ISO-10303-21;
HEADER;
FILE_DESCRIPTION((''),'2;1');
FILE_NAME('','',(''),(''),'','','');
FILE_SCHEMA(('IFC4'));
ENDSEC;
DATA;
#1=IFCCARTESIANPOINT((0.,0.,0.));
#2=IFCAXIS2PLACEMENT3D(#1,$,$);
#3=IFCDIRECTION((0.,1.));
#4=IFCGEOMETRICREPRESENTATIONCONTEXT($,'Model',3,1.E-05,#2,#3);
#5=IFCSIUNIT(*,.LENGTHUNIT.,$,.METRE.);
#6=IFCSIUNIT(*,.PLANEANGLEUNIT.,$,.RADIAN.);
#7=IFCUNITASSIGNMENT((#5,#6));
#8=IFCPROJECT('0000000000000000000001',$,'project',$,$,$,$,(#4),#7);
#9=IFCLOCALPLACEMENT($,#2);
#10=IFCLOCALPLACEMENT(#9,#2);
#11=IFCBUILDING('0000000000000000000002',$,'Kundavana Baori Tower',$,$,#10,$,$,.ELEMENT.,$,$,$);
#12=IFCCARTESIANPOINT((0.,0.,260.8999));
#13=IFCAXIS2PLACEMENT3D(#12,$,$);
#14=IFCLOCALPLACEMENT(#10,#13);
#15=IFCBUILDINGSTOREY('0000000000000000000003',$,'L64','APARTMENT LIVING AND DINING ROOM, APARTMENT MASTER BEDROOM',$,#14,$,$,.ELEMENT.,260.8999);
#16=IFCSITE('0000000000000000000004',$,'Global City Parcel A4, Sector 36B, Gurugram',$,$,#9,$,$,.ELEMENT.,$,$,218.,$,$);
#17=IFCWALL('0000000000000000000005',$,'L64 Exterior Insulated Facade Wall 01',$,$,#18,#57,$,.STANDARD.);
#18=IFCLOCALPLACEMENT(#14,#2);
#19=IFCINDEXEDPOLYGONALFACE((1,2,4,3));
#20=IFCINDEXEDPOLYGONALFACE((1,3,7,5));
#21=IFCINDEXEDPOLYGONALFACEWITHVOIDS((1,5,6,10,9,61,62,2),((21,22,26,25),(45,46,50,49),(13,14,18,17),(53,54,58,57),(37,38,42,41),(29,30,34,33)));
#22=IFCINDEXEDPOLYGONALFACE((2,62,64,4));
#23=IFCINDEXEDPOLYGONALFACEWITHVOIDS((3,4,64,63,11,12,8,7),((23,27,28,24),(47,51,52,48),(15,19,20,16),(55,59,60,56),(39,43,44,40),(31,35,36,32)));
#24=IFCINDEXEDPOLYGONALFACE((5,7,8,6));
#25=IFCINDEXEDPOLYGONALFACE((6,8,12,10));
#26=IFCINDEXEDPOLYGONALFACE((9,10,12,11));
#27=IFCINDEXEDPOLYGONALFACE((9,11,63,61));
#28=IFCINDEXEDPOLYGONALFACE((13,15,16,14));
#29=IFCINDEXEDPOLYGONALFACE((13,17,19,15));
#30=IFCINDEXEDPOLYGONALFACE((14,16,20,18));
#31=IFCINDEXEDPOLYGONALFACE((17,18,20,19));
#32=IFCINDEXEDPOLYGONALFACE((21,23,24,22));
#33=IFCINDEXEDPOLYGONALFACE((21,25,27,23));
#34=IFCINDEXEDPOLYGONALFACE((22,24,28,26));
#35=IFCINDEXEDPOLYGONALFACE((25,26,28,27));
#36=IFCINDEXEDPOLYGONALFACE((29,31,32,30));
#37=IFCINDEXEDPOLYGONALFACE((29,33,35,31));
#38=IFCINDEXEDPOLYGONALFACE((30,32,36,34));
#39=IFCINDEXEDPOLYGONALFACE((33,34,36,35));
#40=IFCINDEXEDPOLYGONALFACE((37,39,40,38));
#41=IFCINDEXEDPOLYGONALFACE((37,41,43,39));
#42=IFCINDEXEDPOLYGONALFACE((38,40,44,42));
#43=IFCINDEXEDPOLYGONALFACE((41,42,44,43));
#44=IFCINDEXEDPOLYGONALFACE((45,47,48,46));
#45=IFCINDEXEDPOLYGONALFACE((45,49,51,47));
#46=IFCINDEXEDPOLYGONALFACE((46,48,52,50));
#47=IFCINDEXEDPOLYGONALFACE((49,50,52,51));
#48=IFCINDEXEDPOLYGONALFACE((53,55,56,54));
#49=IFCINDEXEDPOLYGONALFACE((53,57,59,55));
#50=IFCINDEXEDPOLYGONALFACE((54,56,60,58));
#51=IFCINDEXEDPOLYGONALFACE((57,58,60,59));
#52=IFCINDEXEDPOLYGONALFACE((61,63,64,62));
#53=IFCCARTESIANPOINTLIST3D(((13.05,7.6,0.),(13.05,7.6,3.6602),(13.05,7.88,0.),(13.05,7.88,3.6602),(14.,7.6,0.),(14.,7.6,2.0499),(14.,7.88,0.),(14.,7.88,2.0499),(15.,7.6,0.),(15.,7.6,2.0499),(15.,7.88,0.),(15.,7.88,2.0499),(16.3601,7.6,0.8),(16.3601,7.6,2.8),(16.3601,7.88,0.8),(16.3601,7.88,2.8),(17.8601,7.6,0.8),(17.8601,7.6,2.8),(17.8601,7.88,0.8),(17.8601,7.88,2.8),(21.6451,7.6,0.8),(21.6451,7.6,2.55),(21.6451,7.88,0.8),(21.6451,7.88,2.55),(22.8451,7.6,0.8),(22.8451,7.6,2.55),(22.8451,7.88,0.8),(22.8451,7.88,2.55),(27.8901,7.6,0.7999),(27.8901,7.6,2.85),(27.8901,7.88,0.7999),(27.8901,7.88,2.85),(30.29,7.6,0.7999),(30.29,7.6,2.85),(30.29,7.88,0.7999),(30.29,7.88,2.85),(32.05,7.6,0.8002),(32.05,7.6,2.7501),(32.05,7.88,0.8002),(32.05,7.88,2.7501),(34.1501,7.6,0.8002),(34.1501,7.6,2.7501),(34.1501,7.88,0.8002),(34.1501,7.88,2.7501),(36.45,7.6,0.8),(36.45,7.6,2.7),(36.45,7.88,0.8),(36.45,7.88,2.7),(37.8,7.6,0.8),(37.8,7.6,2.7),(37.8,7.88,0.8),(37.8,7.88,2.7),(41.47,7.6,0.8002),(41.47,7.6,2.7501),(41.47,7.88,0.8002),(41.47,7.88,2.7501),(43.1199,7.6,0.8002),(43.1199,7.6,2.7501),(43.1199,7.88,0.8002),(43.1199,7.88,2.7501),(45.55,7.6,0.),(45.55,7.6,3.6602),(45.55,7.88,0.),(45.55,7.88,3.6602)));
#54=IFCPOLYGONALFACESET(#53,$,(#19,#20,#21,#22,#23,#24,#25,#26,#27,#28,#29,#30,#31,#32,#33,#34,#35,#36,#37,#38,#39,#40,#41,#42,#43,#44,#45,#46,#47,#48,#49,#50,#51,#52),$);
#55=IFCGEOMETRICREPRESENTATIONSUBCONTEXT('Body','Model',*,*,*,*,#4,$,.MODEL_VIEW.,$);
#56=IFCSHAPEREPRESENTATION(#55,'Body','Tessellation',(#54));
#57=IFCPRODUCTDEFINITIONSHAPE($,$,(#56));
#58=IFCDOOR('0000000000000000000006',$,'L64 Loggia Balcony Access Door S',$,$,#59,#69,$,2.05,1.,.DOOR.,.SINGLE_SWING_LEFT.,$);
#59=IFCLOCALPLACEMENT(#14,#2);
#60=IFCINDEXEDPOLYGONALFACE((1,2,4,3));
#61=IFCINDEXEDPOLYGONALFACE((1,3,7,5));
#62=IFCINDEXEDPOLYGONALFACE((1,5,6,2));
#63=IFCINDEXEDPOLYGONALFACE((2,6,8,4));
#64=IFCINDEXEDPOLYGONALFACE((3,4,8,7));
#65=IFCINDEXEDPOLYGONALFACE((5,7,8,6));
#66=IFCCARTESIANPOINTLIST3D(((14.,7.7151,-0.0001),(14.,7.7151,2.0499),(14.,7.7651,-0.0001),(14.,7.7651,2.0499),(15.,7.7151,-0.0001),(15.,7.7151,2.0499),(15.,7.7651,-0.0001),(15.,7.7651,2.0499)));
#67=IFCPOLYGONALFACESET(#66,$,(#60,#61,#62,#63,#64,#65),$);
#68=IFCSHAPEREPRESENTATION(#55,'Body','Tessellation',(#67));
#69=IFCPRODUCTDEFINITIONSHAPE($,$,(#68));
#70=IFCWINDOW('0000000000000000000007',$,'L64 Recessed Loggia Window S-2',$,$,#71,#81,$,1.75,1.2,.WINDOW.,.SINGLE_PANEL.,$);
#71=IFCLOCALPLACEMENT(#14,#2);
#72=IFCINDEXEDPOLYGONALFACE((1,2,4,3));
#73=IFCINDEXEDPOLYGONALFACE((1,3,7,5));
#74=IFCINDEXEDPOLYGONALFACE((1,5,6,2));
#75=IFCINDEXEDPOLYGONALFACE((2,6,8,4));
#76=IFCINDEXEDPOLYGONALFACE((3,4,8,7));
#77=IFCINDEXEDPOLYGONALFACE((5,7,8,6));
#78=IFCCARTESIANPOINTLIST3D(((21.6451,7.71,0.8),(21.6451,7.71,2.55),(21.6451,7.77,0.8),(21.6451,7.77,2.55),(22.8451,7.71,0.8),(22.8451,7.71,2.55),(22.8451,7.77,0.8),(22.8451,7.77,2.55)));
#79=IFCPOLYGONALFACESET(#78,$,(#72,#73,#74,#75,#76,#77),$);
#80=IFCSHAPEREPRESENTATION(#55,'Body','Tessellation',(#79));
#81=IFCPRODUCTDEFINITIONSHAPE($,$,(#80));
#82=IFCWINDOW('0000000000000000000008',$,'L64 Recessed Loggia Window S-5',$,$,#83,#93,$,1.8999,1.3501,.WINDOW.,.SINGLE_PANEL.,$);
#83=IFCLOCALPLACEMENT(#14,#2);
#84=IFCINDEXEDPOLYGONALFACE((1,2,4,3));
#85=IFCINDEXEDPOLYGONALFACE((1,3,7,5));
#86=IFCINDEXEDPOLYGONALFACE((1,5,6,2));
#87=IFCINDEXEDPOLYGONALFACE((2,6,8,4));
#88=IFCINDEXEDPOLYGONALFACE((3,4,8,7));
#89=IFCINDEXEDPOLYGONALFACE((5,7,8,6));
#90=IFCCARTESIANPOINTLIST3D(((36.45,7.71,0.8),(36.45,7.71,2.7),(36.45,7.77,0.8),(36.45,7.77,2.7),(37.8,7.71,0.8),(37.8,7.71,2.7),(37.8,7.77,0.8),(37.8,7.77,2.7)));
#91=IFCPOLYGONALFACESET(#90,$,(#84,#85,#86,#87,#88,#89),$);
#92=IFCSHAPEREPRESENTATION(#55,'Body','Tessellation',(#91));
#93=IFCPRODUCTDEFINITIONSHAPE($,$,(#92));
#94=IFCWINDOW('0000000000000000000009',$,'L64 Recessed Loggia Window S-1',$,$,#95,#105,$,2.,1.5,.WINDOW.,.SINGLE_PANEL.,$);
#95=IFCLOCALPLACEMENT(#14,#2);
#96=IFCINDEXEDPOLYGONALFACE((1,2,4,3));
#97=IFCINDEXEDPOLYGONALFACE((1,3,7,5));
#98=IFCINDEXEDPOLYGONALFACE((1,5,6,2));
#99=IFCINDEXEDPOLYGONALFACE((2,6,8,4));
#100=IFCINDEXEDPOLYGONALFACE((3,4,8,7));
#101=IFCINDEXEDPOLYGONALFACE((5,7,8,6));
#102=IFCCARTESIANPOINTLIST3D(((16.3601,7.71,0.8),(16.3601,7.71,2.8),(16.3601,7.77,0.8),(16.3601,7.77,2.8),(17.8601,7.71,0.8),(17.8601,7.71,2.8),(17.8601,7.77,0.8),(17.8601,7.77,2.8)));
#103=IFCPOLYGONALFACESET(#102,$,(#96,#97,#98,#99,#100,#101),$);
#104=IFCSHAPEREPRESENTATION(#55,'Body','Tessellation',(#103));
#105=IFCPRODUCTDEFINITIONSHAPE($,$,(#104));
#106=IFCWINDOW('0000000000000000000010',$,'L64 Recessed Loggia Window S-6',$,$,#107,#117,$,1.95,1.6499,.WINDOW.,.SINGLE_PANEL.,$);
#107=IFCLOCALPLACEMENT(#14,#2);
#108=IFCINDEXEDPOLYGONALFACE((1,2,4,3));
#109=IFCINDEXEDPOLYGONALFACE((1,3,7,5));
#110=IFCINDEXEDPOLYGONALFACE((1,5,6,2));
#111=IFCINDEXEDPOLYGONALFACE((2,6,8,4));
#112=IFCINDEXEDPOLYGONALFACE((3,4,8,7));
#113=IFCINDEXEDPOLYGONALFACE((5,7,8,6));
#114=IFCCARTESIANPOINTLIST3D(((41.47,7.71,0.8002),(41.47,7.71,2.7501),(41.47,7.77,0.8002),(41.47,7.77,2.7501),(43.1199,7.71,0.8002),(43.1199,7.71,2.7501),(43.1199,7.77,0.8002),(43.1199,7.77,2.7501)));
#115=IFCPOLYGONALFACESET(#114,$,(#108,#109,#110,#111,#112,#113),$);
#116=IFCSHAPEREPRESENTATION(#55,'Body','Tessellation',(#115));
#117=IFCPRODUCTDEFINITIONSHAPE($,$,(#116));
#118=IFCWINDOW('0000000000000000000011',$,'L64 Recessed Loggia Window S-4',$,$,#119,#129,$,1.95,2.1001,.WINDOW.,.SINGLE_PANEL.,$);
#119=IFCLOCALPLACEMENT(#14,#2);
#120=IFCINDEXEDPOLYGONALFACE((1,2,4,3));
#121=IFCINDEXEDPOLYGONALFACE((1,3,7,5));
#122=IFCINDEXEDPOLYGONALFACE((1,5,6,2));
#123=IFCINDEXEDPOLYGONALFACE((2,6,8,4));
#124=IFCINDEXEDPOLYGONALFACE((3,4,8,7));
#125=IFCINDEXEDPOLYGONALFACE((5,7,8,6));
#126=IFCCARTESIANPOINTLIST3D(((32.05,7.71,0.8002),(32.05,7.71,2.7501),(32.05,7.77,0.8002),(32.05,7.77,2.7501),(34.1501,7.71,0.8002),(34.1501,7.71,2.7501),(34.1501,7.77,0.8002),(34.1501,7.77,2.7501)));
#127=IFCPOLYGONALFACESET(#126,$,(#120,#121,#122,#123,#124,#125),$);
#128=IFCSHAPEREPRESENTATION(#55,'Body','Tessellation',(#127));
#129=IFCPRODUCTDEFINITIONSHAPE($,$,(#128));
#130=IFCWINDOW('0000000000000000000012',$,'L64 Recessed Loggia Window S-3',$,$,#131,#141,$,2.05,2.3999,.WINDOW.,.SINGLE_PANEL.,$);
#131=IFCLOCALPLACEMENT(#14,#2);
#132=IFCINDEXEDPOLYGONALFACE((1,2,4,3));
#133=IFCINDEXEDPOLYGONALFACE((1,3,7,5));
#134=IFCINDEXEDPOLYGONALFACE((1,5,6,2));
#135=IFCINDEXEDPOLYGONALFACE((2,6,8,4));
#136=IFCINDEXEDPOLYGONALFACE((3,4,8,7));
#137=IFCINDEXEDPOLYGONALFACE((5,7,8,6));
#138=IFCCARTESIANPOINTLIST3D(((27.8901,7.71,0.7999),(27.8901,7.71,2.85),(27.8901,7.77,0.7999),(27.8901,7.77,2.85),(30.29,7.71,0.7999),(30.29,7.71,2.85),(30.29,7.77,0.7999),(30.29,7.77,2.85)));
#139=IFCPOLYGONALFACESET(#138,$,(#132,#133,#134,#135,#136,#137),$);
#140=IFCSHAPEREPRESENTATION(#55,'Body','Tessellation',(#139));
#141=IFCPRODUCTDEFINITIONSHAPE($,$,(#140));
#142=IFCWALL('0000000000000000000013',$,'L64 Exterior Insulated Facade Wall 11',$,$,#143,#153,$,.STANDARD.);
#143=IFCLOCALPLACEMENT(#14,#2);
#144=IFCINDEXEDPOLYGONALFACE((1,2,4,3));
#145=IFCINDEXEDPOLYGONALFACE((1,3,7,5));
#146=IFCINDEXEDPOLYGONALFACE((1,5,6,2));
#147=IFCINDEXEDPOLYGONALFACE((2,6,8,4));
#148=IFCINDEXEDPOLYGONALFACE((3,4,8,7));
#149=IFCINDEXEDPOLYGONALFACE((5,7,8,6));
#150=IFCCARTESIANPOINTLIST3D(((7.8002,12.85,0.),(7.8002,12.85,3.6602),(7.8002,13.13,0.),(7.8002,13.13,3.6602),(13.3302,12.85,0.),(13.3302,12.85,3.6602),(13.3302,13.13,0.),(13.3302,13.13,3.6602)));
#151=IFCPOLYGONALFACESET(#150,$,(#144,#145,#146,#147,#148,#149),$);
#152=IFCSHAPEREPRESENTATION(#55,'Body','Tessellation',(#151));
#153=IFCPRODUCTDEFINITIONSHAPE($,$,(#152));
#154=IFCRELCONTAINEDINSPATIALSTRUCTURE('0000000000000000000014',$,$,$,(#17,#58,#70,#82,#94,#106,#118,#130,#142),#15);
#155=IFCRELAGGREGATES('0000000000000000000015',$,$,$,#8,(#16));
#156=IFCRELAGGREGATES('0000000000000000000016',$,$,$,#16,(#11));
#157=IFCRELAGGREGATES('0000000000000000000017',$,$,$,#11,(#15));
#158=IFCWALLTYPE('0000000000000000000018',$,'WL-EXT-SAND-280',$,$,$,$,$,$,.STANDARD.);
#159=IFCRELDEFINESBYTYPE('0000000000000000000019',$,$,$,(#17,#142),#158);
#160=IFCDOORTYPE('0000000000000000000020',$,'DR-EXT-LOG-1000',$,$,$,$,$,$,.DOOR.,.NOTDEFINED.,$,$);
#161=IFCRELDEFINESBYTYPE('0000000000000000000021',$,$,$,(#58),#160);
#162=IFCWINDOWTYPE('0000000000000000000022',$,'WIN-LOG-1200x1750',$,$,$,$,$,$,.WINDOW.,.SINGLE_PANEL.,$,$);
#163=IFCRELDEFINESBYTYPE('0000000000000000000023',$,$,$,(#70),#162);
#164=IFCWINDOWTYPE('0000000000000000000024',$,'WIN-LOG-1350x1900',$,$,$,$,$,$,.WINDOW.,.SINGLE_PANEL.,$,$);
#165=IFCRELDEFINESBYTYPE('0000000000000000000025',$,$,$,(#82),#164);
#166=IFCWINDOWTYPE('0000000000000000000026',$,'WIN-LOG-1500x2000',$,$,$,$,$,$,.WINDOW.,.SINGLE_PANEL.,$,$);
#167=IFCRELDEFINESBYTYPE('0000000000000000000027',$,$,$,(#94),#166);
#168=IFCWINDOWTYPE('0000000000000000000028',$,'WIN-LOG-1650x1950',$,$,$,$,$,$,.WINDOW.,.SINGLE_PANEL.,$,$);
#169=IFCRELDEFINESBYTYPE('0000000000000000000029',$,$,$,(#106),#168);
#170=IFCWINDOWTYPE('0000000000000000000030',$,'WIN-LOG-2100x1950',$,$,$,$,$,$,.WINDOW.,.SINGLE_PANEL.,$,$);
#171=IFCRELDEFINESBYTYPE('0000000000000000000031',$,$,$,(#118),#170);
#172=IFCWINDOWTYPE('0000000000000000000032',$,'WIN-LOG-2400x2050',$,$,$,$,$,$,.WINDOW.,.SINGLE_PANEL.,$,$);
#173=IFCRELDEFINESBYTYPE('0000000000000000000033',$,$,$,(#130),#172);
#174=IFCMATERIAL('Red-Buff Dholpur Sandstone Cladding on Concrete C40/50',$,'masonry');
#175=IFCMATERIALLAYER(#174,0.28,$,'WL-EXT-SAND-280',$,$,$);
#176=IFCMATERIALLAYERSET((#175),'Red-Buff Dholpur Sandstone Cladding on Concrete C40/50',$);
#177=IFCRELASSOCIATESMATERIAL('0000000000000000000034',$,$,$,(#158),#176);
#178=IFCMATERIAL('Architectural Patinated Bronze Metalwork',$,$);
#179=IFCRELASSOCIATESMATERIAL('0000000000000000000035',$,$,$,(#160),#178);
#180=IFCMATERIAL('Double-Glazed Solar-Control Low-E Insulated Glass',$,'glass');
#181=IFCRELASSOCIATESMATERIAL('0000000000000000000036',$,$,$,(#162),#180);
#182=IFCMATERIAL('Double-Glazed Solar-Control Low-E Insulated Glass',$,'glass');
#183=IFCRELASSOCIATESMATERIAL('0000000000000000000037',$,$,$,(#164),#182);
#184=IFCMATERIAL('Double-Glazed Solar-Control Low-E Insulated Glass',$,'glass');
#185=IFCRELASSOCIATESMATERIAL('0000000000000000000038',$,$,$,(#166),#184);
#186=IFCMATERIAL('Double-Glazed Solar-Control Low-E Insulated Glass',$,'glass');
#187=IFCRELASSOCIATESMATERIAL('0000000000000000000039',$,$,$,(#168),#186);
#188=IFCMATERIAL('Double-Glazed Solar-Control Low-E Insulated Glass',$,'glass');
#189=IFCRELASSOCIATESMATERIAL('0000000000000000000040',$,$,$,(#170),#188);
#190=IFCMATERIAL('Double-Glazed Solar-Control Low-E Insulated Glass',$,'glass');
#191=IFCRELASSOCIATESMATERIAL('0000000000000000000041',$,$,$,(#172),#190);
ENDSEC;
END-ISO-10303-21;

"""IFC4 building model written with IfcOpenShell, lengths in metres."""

from ifc_helpers import new_model, si_unit, direction, frame, frame_2d, origin, place, context, subcontext, project, spatial, rectangle, extrude, material, layer, layer_set, type_object, element, fill, save


model = new_model("IFC4")

# Units and contexts
model_context = context("Model", 3, precision=1e-05, world=origin(), true_north=direction((0.0, 1.0)))
body_context = subcontext(model_context, "Body", "Model", "MODEL_VIEW")
ifc_project = project(units=[si_unit("LENGTHUNIT", "METRE"), si_unit("PLANEANGLEUNIT", "RADIAN")], contexts=[model_context])

# Site, building, storey
site_placement = place(None, origin())
site = spatial("IfcSite", under=ifc_project, at=site_placement, Name="Global City Parcel A4, Sector 36B, Gurugram", CompositionType="ELEMENT", RefElevation=218.0)
building_placement = place(site_placement, origin())
building = spatial("IfcBuilding", under=site, at=building_placement, Name="Kundavana Baori Tower", CompositionType="ELEMENT")
storey_placement = place(building_placement, frame((0.0, 0.0, 260.8999)))
storey = spatial("IfcBuildingStorey", under=building, at=storey_placement, Name="L64", Description="APARTMENT LIVING AND DINING ROOM, APARTMENT MASTER BEDROOM", CompositionType="ELEMENT", Elevation=260.8999)

# Wall, openings, door, windows
ifc_material_1 = material(Name="Red-Buff Dholpur Sandstone Cladding on Concrete C40/50", Category="masonry")
ifc_layer_1 = layer(ifc_material_1, 0.28, Name="WL-EXT-SAND-280")
ifc_layer_set_1 = layer_set([ifc_layer_1], Name="Red-Buff Dholpur Sandstone Cladding on Concrete C40/50")
wall_type = type_object("IfcWallType", Name="WL-EXT-SAND-280", PredefinedType="STANDARD", material=ifc_layer_set_1)
wall_1_placement = place(storey_placement, frame((13.05, 7.74, 0.0), z_axis=(0.0, 0.0, 1.0), x_axis=(1.0, 0.0, 0.0)))
wall_1 = element("IfcWall", 1, at=wall_1_placement, inside=storey, type_object=wall_type, Name="L64 Exterior Insulated Facade Wall 01", PredefinedType="STANDARD", context=body_context, shape_type="SweptSolid", body=[
    extrude(rectangle(XDim=32.5, YDim=0.28, at=frame_2d((16.25, 0.0))), origin(), (0.0, 0.0, 1.0), 3.6602),
])
opening_1_placement = place(wall_1_placement, frame((0.95, 0.0, 0.0)))
opening_1 = element("IfcOpeningElement", 2, at=opening_1_placement, cuts=wall_1, PredefinedType="OPENING", context=body_context, shape_type="SweptSolid", body=[
    extrude(rectangle(XDim=1.0, YDim=2.05, at=frame_2d((0.5, 1.0249))), frame((0.0, 0.1499, 0.0), z_axis=(0.0, -1.0, 0.0), x_axis=(1.0, 0.0, 0.0)), (0.0, 0.0, 1.0), 0.3),
])
opening_2_placement = place(wall_1_placement, frame((3.3101, 0.0, 0.8)))
opening_2 = element("IfcOpeningElement", 3, at=opening_2_placement, cuts=wall_1, PredefinedType="OPENING", context=body_context, shape_type="SweptSolid", body=[
    extrude(rectangle(XDim=1.5, YDim=2.0, at=frame_2d((0.75, 1.0))), frame((0.0, 0.1499, 0.0), z_axis=(0.0, -1.0, 0.0), x_axis=(1.0, 0.0, 0.0)), (0.0, 0.0, 1.0), 0.3),
])
opening_3_placement = place(wall_1_placement, frame((8.595, 0.0, 0.8)))
opening_3 = element("IfcOpeningElement", 4, at=opening_3_placement, cuts=wall_1, PredefinedType="OPENING", context=body_context, shape_type="SweptSolid", body=[
    extrude(rectangle(XDim=1.2, YDim=1.75, at=frame_2d((0.6001, 0.875))), frame((0.0, 0.1499, 0.0), z_axis=(0.0, -1.0, 0.0), x_axis=(1.0, 0.0, 0.0)), (0.0, 0.0, 1.0), 0.3),
])
opening_4_placement = place(wall_1_placement, frame((14.8401, 0.0, 0.8)))
opening_4 = element("IfcOpeningElement", 5, at=opening_4_placement, cuts=wall_1, PredefinedType="OPENING", context=body_context, shape_type="SweptSolid", body=[
    extrude(rectangle(XDim=2.3999, YDim=2.05, at=frame_2d((1.2, 1.0249))), frame((0.0, 0.1499, 0.0), z_axis=(0.0, -1.0, 0.0), x_axis=(1.0, 0.0, 0.0)), (0.0, 0.0, 1.0), 0.3),
])
opening_5_placement = place(wall_1_placement, frame((19.0, 0.0, 0.8)))
opening_5 = element("IfcOpeningElement", 6, at=opening_5_placement, cuts=wall_1, PredefinedType="OPENING", context=body_context, shape_type="SweptSolid", body=[
    extrude(rectangle(XDim=2.1001, YDim=1.95, at=frame_2d((1.05, 0.9751))), frame((0.0, 0.1499, 0.0), z_axis=(0.0, -1.0, 0.0), x_axis=(1.0, 0.0, 0.0)), (0.0, 0.0, 1.0), 0.3),
])
opening_6_placement = place(wall_1_placement, frame((23.3999, 0.0, 0.8)))
opening_6 = element("IfcOpeningElement", 7, at=opening_6_placement, cuts=wall_1, PredefinedType="OPENING", context=body_context, shape_type="SweptSolid", body=[
    extrude(rectangle(XDim=1.3501, YDim=1.8999, at=frame_2d((0.675, 0.95))), frame((0.0, 0.1499, 0.0), z_axis=(0.0, -1.0, 0.0), x_axis=(1.0, 0.0, 0.0)), (0.0, 0.0, 1.0), 0.3),
])
opening_7_placement = place(wall_1_placement, frame((28.4199, 0.0, 0.8)))
opening_7 = element("IfcOpeningElement", 8, at=opening_7_placement, cuts=wall_1, PredefinedType="OPENING", context=body_context, shape_type="SweptSolid", body=[
    extrude(rectangle(XDim=1.6499, YDim=1.95, at=frame_2d((0.825, 0.9751))), frame((0.0, 0.1499, 0.0), z_axis=(0.0, -1.0, 0.0), x_axis=(1.0, 0.0, 0.0)), (0.0, 0.0, 1.0), 0.3),
])
ifc_material_2 = material(Name="Architectural Patinated Bronze Metalwork")
door_type = type_object("IfcDoorType", Name="DR-EXT-LOG-1000", OperationType="NOTDEFINED", PredefinedType="DOOR", material=ifc_material_2)
door_placement = place(opening_1_placement, frame((1.0, 0.0, 0.0), z_axis=(0.0, 0.0, 1.0), x_axis=(-1.0, 0.0, 0.0)))
door = element("IfcDoor", 9, at=door_placement, inside=storey, type_object=door_type, Name="L64 Loggia Balcony Access Door S", OperationType="SINGLE_SWING_LEFT", OverallHeight=2.05, OverallWidth=1.0, PredefinedType="DOOR", context=body_context, shape_type="SweptSolid", body=[
    extrude(rectangle(XDim=1.0, YDim=2.05, at=frame_2d((0.5, 1.0249))), frame((0.0, 0.0249, 0.0), z_axis=(0.0, -1.0, 0.0), x_axis=(1.0, 0.0, 0.0)), (0.0, 0.0, 1.0), 0.05),
])
fill(opening_1, door)
ifc_material_3 = material(Name="Double-Glazed Solar-Control Low-E Insulated Glass", Category="glass")
window_type_1 = type_object("IfcWindowType", Name="WIN-LOG-1200x1750", PartitioningType="SINGLE_PANEL", PredefinedType="WINDOW", material=ifc_material_3)
window_1_placement = place(opening_3_placement, origin())
window_1 = element("IfcWindow", 10, at=window_1_placement, inside=storey, type_object=window_type_1, Name="L64 Recessed Loggia Window S-2", OverallHeight=1.75, OverallWidth=1.2, PartitioningType="SINGLE_PANEL", PredefinedType="WINDOW", context=body_context, shape_type="SweptSolid", body=[
    extrude(rectangle(XDim=1.2, YDim=1.75, at=frame_2d((0.6001, 0.875))), frame((0.0, 0.03, 0.0), z_axis=(0.0, -1.0, 0.0), x_axis=(1.0, 0.0, 0.0)), (0.0, 0.0, 1.0), 0.0601),
])
fill(opening_3, window_1)
ifc_material_4 = material(Name="Double-Glazed Solar-Control Low-E Insulated Glass", Category="glass")
window_type_2 = type_object("IfcWindowType", Name="WIN-LOG-1350x1900", PartitioningType="SINGLE_PANEL", PredefinedType="WINDOW", material=ifc_material_4)
window_2_placement = place(opening_6_placement, origin())
window_2 = element("IfcWindow", 11, at=window_2_placement, inside=storey, type_object=window_type_2, Name="L64 Recessed Loggia Window S-5", OverallHeight=1.8999, OverallWidth=1.3501, PartitioningType="SINGLE_PANEL", PredefinedType="WINDOW", context=body_context, shape_type="SweptSolid", body=[
    extrude(rectangle(XDim=1.3501, YDim=1.8999, at=frame_2d((0.675, 0.95))), frame((0.0, 0.03, 0.0), z_axis=(0.0, -1.0, 0.0), x_axis=(1.0, 0.0, 0.0)), (0.0, 0.0, 1.0), 0.0601),
])
fill(opening_6, window_2)
ifc_material_5 = material(Name="Double-Glazed Solar-Control Low-E Insulated Glass", Category="glass")
window_type_3 = type_object("IfcWindowType", Name="WIN-LOG-1500x2000", PartitioningType="SINGLE_PANEL", PredefinedType="WINDOW", material=ifc_material_5)
window_3_placement = place(opening_2_placement, origin())
window_3 = element("IfcWindow", 12, at=window_3_placement, inside=storey, type_object=window_type_3, Name="L64 Recessed Loggia Window S-1", OverallHeight=2.0, OverallWidth=1.5, PartitioningType="SINGLE_PANEL", PredefinedType="WINDOW", context=body_context, shape_type="SweptSolid", body=[
    extrude(rectangle(XDim=1.5, YDim=2.0, at=frame_2d((0.75, 1.0))), frame((0.0, 0.03, 0.0), z_axis=(0.0, -1.0, 0.0), x_axis=(1.0, 0.0, 0.0)), (0.0, 0.0, 1.0), 0.0601),
])
fill(opening_2, window_3)
ifc_material_6 = material(Name="Double-Glazed Solar-Control Low-E Insulated Glass", Category="glass")
window_type_4 = type_object("IfcWindowType", Name="WIN-LOG-1650x1950", PartitioningType="SINGLE_PANEL", PredefinedType="WINDOW", material=ifc_material_6)
window_4_placement = place(opening_7_placement, origin())
window_4 = element("IfcWindow", 13, at=window_4_placement, inside=storey, type_object=window_type_4, Name="L64 Recessed Loggia Window S-6", OverallHeight=1.95, OverallWidth=1.6499, PartitioningType="SINGLE_PANEL", PredefinedType="WINDOW", context=body_context, shape_type="SweptSolid", body=[
    extrude(rectangle(XDim=1.6499, YDim=1.95, at=frame_2d((0.825, 0.9751))), frame((0.0, 0.03, 0.0), z_axis=(0.0, -1.0, 0.0), x_axis=(1.0, 0.0, 0.0)), (0.0, 0.0, 1.0), 0.0601),
])
fill(opening_7, window_4)
ifc_material_7 = material(Name="Double-Glazed Solar-Control Low-E Insulated Glass", Category="glass")
window_type_5 = type_object("IfcWindowType", Name="WIN-LOG-2100x1950", PartitioningType="SINGLE_PANEL", PredefinedType="WINDOW", material=ifc_material_7)
window_5_placement = place(opening_5_placement, origin())
window_5 = element("IfcWindow", 14, at=window_5_placement, inside=storey, type_object=window_type_5, Name="L64 Recessed Loggia Window S-4", OverallHeight=1.95, OverallWidth=2.1001, PartitioningType="SINGLE_PANEL", PredefinedType="WINDOW", context=body_context, shape_type="SweptSolid", body=[
    extrude(rectangle(XDim=2.1001, YDim=1.95, at=frame_2d((1.05, 0.9751))), frame((0.0, 0.03, 0.0), z_axis=(0.0, -1.0, 0.0), x_axis=(1.0, 0.0, 0.0)), (0.0, 0.0, 1.0), 0.0601),
])
fill(opening_5, window_5)
ifc_material_8 = material(Name="Double-Glazed Solar-Control Low-E Insulated Glass", Category="glass")
window_type_6 = type_object("IfcWindowType", Name="WIN-LOG-2400x2050", PartitioningType="SINGLE_PANEL", PredefinedType="WINDOW", material=ifc_material_8)
window_6_placement = place(opening_4_placement, origin())
window_6 = element("IfcWindow", 15, at=window_6_placement, inside=storey, type_object=window_type_6, Name="L64 Recessed Loggia Window S-3", OverallHeight=2.05, OverallWidth=2.3999, PartitioningType="SINGLE_PANEL", PredefinedType="WINDOW", context=body_context, shape_type="SweptSolid", body=[
    extrude(rectangle(XDim=2.3999, YDim=2.05, at=frame_2d((1.2, 1.0249))), frame((0.0, 0.03, 0.0), z_axis=(0.0, -1.0, 0.0), x_axis=(1.0, 0.0, 0.0)), (0.0, 0.0, 1.0), 0.0601),
])
fill(opening_4, window_6)

# Wall
wall_2_placement = place(storey_placement, frame((7.8, 12.99, 0.0), z_axis=(0.0, 0.0, 1.0), x_axis=(1.0, 0.0, 0.0)))
element("IfcWall", 16, at=wall_2_placement, inside=storey, type_object=wall_type, Name="L64 Exterior Insulated Facade Wall 11", PredefinedType="STANDARD", context=body_context, shape_type="SweptSolid", body=[
    extrude(rectangle(XDim=5.53, YDim=0.28, at=frame_2d((2.7651, 0.0))), origin(), (0.0, 0.0, 1.0), 3.6602),
])

save(model, "model.ifc")
